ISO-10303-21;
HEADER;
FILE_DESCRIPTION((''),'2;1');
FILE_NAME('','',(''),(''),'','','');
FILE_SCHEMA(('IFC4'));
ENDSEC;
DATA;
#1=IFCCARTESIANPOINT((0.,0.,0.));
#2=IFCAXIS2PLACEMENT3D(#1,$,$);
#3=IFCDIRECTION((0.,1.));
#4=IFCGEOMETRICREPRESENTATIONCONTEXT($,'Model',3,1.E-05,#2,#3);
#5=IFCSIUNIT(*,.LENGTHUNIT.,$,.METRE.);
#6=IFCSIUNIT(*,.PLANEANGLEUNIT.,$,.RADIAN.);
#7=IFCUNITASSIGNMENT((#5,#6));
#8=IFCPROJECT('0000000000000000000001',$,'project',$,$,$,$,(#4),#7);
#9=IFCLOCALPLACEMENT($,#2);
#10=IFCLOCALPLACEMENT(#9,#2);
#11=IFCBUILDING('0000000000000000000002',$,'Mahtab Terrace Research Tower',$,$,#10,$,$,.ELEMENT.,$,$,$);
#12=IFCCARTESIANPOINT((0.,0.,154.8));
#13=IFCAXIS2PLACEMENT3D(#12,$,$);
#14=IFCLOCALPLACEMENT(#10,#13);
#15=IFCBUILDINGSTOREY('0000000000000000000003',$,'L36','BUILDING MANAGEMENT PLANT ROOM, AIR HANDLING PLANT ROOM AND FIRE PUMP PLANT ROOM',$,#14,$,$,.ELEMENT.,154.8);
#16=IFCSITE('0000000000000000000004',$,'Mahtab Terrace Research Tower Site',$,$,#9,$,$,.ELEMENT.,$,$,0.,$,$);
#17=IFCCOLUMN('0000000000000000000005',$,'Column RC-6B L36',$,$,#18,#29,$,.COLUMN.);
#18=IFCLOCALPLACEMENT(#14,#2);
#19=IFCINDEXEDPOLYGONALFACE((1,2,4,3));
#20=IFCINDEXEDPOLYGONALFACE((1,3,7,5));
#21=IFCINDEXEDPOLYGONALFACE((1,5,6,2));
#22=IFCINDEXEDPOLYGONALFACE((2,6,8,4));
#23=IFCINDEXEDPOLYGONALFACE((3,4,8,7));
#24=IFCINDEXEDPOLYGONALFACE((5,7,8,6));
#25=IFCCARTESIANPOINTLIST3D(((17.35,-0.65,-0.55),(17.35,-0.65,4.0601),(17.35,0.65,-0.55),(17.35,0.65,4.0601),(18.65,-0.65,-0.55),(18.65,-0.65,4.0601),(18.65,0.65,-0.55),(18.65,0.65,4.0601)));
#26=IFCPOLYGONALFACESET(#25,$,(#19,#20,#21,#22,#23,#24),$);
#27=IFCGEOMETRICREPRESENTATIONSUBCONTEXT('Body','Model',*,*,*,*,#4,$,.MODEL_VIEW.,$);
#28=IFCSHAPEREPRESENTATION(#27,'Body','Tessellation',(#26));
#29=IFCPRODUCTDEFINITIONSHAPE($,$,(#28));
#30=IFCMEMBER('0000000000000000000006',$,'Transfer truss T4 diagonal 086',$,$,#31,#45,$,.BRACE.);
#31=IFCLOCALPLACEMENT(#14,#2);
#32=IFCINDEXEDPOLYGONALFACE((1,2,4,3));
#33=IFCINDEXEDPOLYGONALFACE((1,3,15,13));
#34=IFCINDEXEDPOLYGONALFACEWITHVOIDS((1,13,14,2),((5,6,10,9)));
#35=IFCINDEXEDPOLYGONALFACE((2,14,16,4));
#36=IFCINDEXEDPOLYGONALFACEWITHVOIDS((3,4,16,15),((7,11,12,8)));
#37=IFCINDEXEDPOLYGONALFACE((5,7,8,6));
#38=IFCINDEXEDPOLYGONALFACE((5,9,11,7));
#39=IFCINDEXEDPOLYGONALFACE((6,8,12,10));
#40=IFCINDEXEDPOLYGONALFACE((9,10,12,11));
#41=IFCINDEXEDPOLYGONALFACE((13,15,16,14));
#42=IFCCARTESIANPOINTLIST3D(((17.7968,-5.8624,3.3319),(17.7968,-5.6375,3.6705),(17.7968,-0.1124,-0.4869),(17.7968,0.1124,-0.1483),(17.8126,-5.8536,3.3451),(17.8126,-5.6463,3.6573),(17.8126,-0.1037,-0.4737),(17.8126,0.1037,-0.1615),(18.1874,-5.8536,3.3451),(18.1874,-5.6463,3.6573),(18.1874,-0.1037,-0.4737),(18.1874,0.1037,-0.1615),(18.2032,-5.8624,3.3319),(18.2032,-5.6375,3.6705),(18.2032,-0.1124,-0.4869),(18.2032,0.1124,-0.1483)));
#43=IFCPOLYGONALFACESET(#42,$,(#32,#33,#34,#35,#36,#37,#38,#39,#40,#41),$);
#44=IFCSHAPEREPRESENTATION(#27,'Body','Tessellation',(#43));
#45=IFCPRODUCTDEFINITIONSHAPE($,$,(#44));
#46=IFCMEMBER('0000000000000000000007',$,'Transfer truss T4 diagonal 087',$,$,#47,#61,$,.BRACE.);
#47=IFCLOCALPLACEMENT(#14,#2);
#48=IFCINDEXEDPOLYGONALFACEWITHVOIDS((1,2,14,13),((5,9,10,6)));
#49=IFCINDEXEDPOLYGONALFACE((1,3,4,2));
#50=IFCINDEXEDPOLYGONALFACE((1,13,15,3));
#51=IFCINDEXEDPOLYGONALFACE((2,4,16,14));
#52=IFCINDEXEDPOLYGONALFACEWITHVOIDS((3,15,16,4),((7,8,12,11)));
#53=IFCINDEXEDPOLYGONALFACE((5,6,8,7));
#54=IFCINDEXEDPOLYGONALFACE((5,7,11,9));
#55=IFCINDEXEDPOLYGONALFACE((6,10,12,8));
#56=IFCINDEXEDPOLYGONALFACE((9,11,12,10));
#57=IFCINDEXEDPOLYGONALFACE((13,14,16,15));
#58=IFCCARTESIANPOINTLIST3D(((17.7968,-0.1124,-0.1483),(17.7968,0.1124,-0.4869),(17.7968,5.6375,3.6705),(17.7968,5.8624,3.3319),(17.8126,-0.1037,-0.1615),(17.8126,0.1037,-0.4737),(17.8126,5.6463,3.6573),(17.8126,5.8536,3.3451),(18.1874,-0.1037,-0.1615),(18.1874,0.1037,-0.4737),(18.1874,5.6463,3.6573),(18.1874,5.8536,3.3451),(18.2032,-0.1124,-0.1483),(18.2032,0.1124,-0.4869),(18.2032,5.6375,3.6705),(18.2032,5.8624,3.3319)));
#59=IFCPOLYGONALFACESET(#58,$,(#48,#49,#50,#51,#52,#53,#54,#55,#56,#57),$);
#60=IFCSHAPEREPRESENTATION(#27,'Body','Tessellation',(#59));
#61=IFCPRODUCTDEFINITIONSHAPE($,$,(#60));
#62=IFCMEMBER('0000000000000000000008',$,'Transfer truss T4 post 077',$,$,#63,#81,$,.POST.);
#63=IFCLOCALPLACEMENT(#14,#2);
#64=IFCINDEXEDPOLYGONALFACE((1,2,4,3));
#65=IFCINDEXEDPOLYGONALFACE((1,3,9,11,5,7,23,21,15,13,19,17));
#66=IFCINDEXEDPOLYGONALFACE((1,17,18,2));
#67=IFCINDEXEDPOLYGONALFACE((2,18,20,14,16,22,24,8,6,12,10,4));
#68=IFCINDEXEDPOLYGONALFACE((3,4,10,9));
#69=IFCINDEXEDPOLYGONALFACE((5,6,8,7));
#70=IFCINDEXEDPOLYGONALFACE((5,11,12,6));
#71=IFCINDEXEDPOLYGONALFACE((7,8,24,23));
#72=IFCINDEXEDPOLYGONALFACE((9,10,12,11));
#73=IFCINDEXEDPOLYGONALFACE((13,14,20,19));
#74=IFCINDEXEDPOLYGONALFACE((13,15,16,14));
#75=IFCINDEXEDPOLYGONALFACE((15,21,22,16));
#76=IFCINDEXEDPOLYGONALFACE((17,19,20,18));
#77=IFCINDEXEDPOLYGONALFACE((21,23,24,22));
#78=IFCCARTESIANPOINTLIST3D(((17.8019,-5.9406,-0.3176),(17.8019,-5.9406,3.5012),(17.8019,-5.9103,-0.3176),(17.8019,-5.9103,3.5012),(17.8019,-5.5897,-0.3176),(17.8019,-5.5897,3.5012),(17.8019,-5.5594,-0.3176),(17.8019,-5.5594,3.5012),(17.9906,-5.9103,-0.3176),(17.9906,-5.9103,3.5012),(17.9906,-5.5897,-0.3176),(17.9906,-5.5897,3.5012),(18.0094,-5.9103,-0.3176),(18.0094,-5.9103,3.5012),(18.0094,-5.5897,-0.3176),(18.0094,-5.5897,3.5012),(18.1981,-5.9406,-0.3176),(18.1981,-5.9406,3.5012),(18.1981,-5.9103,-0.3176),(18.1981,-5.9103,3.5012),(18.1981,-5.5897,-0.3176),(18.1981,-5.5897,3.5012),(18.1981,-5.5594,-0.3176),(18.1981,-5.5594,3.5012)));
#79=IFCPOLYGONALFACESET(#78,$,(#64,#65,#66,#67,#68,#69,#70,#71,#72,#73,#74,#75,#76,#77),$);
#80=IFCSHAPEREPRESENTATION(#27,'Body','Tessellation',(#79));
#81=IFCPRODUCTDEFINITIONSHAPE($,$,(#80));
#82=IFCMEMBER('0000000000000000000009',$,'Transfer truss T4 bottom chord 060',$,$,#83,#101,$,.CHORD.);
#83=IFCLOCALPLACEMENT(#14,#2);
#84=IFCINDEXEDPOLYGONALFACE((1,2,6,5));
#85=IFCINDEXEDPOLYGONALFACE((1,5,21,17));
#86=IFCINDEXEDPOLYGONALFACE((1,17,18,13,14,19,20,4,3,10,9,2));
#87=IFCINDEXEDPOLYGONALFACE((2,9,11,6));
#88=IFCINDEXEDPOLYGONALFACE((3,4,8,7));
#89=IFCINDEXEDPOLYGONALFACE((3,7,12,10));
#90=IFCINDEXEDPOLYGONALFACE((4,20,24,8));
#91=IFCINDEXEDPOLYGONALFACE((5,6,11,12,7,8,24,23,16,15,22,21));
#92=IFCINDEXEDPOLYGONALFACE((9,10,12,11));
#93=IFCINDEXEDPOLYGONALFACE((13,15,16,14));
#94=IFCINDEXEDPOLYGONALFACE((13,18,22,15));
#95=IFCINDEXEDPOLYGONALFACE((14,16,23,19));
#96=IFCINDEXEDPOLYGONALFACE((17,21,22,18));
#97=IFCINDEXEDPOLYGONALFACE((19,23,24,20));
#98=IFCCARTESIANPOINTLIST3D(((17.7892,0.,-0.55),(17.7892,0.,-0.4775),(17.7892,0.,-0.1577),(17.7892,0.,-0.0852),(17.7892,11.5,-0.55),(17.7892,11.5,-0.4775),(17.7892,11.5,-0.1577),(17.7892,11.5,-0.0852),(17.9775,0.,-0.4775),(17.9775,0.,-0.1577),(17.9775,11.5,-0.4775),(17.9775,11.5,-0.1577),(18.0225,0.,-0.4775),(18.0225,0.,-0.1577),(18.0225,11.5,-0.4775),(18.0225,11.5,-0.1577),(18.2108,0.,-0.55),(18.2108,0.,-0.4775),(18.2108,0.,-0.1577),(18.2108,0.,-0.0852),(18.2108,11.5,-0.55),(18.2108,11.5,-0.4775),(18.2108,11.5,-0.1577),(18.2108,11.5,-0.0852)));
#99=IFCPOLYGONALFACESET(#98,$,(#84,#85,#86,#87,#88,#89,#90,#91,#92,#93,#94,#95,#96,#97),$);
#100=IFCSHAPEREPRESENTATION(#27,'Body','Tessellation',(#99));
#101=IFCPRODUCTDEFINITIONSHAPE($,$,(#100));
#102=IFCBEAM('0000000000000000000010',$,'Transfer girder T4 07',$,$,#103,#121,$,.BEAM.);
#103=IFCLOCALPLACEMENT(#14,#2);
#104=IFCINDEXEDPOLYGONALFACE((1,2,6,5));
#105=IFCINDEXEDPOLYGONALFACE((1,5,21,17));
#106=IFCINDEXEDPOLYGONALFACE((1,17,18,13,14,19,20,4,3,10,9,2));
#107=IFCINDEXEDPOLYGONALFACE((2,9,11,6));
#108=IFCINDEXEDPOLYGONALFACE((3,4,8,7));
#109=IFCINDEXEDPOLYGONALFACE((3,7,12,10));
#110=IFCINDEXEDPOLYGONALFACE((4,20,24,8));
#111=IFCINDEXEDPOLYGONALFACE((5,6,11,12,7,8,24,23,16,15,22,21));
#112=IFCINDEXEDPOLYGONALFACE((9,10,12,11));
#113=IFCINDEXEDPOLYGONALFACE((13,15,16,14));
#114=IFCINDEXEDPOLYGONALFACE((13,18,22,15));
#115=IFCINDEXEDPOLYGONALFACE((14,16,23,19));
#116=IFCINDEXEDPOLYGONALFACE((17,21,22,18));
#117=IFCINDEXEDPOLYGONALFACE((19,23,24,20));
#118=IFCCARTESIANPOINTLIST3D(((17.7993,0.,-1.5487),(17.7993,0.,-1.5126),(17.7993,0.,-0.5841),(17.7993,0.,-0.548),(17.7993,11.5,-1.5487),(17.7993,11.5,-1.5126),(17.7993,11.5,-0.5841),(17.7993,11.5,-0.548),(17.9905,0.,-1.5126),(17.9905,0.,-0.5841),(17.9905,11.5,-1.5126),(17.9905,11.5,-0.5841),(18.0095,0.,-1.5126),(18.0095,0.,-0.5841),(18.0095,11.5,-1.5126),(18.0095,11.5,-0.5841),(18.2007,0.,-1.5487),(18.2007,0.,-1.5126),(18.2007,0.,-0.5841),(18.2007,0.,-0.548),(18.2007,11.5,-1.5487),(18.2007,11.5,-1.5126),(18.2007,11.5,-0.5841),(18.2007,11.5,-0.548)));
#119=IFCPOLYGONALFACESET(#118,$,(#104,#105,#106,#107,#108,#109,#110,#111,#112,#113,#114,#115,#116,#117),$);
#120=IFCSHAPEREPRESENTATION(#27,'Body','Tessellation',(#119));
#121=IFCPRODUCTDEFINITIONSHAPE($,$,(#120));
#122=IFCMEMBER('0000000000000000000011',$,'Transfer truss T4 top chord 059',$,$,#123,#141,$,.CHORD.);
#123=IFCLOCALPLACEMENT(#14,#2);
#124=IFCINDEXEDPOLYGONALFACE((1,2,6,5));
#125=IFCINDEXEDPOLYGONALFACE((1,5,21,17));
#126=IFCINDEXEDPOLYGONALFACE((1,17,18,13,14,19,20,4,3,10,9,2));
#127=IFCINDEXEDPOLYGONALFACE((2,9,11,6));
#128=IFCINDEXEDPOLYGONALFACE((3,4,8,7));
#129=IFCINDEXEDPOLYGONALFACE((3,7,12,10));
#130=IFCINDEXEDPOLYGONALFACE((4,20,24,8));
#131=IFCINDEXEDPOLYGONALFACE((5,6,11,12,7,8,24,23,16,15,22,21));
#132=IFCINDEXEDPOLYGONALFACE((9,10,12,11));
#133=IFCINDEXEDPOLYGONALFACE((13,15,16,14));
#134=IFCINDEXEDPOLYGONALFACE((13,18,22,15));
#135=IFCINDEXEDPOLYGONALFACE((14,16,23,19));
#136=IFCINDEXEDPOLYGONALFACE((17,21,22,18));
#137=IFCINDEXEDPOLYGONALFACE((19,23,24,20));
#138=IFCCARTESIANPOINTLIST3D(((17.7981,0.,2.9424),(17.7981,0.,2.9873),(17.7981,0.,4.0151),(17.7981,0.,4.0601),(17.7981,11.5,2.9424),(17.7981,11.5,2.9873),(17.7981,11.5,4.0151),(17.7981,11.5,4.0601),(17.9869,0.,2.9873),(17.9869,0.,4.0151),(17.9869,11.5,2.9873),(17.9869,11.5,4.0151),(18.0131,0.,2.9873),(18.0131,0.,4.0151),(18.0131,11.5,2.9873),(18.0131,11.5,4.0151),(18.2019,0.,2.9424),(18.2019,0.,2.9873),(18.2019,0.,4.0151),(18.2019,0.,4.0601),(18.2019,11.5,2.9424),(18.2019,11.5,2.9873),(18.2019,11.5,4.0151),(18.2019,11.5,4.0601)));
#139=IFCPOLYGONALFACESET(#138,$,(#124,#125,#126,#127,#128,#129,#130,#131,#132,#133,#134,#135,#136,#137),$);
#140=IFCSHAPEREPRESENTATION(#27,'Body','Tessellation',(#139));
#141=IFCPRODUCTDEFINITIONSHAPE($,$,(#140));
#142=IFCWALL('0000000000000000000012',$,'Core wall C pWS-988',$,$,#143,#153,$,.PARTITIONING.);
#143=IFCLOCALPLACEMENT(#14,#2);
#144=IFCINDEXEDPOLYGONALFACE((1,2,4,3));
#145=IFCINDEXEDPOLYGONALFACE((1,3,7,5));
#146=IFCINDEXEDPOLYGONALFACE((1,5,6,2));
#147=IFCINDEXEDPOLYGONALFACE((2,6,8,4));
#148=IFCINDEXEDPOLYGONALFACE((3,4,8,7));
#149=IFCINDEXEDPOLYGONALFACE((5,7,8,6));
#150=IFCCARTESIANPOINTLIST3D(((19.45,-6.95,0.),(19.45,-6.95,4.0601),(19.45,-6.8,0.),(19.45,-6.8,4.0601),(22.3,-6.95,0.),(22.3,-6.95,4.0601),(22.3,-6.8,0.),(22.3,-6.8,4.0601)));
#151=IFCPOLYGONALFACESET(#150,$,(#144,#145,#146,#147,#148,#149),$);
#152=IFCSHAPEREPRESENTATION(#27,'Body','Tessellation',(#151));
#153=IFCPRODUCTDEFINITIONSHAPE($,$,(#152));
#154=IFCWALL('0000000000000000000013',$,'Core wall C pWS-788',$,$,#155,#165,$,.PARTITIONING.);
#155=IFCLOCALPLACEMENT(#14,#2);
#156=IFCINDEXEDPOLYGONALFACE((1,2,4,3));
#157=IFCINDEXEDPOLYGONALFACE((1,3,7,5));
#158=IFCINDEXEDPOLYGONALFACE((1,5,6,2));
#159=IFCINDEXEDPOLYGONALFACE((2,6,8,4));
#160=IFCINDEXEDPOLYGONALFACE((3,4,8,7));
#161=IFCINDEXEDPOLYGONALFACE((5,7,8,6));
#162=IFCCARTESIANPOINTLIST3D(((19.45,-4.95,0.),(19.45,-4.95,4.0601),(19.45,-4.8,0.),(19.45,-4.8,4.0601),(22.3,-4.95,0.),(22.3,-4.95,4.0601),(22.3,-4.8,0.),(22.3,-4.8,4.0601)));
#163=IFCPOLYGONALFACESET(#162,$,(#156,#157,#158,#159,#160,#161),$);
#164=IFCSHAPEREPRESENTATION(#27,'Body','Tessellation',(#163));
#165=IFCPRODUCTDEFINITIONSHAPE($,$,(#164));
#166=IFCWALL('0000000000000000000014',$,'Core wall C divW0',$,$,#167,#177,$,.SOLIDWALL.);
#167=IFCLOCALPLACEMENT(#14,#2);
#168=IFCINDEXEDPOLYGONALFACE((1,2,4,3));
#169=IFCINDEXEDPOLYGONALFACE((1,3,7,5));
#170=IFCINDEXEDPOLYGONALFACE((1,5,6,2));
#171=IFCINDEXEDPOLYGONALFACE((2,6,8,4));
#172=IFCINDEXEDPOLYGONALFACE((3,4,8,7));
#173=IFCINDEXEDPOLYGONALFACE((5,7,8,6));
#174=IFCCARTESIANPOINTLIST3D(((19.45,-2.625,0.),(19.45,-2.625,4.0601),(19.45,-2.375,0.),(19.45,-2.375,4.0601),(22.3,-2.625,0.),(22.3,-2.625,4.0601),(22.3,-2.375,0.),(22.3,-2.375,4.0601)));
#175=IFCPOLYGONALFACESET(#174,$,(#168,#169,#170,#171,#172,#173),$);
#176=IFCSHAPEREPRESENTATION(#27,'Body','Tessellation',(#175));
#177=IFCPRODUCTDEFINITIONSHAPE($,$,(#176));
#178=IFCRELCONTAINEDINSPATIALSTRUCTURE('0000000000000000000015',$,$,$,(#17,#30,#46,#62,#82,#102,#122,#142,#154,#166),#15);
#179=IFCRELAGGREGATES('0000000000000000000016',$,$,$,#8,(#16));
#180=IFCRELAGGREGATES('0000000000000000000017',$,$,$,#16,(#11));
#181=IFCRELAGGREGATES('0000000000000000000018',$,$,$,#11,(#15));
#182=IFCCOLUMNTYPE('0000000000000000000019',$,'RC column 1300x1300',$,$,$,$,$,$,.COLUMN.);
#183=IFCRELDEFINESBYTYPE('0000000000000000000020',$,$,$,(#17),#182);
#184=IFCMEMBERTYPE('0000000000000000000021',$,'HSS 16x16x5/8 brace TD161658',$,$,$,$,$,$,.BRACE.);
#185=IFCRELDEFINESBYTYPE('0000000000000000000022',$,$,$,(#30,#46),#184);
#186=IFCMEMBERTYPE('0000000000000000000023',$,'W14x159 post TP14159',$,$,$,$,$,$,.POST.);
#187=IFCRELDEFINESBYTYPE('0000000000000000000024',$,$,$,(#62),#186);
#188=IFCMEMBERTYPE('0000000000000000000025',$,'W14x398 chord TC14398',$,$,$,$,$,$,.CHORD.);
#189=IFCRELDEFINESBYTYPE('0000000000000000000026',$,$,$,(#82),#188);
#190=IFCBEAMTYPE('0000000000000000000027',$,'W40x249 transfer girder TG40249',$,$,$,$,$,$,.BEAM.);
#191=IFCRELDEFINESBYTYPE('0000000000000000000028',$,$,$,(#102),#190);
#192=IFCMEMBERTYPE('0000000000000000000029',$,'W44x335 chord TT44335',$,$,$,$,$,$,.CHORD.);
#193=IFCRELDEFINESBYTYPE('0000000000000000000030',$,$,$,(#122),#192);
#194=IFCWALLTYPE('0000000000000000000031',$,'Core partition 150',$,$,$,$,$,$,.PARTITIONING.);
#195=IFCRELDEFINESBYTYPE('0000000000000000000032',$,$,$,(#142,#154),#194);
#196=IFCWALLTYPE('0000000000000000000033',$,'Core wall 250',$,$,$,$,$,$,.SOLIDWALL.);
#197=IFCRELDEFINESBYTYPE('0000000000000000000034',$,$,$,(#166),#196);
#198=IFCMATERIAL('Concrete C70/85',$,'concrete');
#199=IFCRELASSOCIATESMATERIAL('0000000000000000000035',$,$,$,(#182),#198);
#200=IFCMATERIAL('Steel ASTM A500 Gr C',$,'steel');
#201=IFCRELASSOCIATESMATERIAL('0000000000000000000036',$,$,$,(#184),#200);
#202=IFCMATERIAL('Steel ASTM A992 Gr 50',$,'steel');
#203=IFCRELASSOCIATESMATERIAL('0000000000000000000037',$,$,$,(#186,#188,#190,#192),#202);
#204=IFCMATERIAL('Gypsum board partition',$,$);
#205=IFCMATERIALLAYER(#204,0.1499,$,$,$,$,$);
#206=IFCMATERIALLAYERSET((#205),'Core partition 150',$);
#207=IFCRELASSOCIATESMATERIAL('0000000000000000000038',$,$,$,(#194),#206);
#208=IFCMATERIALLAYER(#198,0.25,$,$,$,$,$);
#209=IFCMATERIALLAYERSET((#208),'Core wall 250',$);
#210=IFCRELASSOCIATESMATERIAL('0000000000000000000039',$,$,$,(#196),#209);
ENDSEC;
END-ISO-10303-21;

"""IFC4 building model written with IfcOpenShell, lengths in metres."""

from ifc_helpers import new_model, si_unit, direction, frame, frame_2d, origin, origin_2d, place, context, subcontext, project, spatial, rectangle, hollow_rectangle, i_section, extrude, material, layer, layer_set, material_profile, profile_set, type_object, element, save


model = new_model("IFC4")

# Units and contexts
model_context = context("Model", 3, precision=1e-05, world=origin(), true_north=direction((0.0, 1.0)))
body_context = subcontext(model_context, "Body", "Model", "MODEL_VIEW")
ifc_project = project(units=[si_unit("LENGTHUNIT", "METRE"), si_unit("PLANEANGLEUNIT", "RADIAN")], contexts=[model_context])

# Site, building, storey
site_placement = place(None, origin())
site = spatial("IfcSite", under=ifc_project, at=site_placement, Name="Mahtab Terrace Research Tower Site", CompositionType="ELEMENT", RefElevation=0.0)
building_placement = place(site_placement, origin())
building = spatial("IfcBuilding", under=site, at=building_placement, Name="Mahtab Terrace Research Tower", CompositionType="ELEMENT")
storey_placement = place(building_placement, frame((0.0, 0.0, 154.8)))
storey = spatial("IfcBuildingStorey", under=building, at=storey_placement, Name="L36", Description="BUILDING MANAGEMENT PLANT ROOM, AIR HANDLING PLANT ROOM AND FIRE PUMP PLANT ROOM", CompositionType="ELEMENT", Elevation=154.8)

# Column
ifc_material_1 = material(Name="Concrete C70/85", Category="concrete")
ifc_material_profile_1 = material_profile(ifc_material_1, rectangle(XDim=1.3, YDim=1.3, at=origin_2d()), Name="RC column 1300x1300")
ifc_profile_set_1 = profile_set([ifc_material_profile_1], Name="Concrete C70/85")
column_type = type_object("IfcColumnType", Name="RC column 1300x1300", PredefinedType="COLUMN", material=ifc_profile_set_1)
column_placement = place(storey_placement, frame((18.0, 0.0, -0.55), z_axis=(0.0, 0.0, 1.0), x_axis=(1.0, 0.0, 0.0)))
element("IfcColumn", 1, at=column_placement, inside=storey, type_object=column_type, Name="Column RC-6B L36", PredefinedType="COLUMN", context=body_context, shape_type="SweptSolid", body=[
    extrude(rectangle(XDim=1.3, YDim=1.3, at=origin_2d()), origin(), (0.0, 0.0, 1.0), 4.6101),
])

# Members
ifc_material_2 = material(Name="Steel ASTM A500 Gr C", Category="steel")
ifc_material_profile_2 = material_profile(ifc_material_2, hollow_rectangle(XDim=0.4065, YDim=0.4065, WallThickness=0.0159, at=origin_2d()), Name="HSS16X16X5/8")
ifc_profile_set_2 = profile_set([ifc_material_profile_2], Name="Steel ASTM A500 Gr C")
member_type_1 = type_object("IfcMemberType", Name="HSS 16x16x5/8 brace TD161658", PredefinedType="BRACE", material=ifc_profile_set_2)
for number, where, z_axis, x_axis, name in (
    (2, (18.0, 0.0, -0.3176), (0.0, -0.833018, 0.553246), (1.0, 0.0, 0.0), "Transfer truss T4 diagonal 086"),
    (3, (18.0, 0.0, -0.3176), (0.0, 0.833018, 0.553246), (-1.0, 0.0, 0.0), "Transfer truss T4 diagonal 087"),
):
    element("IfcMember", number, at=place(storey_placement, frame(where, z_axis=z_axis, x_axis=x_axis)), inside=storey, type_object=member_type_1, Name=name, PredefinedType="BRACE", context=body_context, shape_type="SweptSolid", body=[
        extrude(hollow_rectangle(XDim=0.4065, YDim=0.4065, WallThickness=0.0159, at=origin_2d()), origin(), (0.0, 0.0, 1.0), 6.9026),
    ])
ifc_material_3 = material(Name="Steel ASTM A992 Gr 50", Category="steel")
ifc_material_profile_3 = material_profile(ifc_material_3, i_section(OverallWidth=0.3962, OverallDepth=0.3811, WebThickness=0.0188, FlangeThickness=0.0303, at=origin_2d()), Name="W14X159")
ifc_profile_set_3 = profile_set([ifc_material_profile_3], Name="Steel ASTM A992 Gr 50")
member_type_2 = type_object("IfcMemberType", Name="W14x159 post TP14159", PredefinedType="POST", material=ifc_profile_set_3)
member_1_placement = place(storey_placement, frame((18.0, -5.75, -0.3176), z_axis=(0.0, 0.0, 1.0), x_axis=(1.0, 0.0, 0.0)))
element("IfcMember", 4, at=member_1_placement, inside=storey, type_object=member_type_2, Name="Transfer truss T4 post 077", PredefinedType="POST", context=body_context, shape_type="SweptSolid", body=[
    extrude(i_section(OverallWidth=0.3962, OverallDepth=0.3811, WebThickness=0.0188, FlangeThickness=0.0303, at=origin_2d()), origin(), (0.0, 0.0, 1.0), 3.8188),
])
ifc_material_profile_4 = material_profile(ifc_material_3, i_section(OverallWidth=0.4216, OverallDepth=0.4648, WebThickness=0.0449, FlangeThickness=0.0725, at=origin_2d()), Name="W14X398")
ifc_profile_set_4 = profile_set([ifc_material_profile_4], Name="Steel ASTM A992 Gr 50")
member_type_3 = type_object("IfcMemberType", Name="W14x398 chord TC14398", PredefinedType="CHORD", material=ifc_profile_set_4)
member_2_placement = place(storey_placement, frame((18.0, 0.0, -0.3176), z_axis=(0.0, 1.0, 0.0), x_axis=(-1.0, 0.0, 0.0)))
element("IfcMember", 5, at=member_2_placement, inside=storey, type_object=member_type_3, Name="Transfer truss T4 bottom chord 060", PredefinedType="CHORD", context=body_context, shape_type="SweptSolid", body=[
    extrude(i_section(OverallWidth=0.4216, OverallDepth=0.4648, WebThickness=0.0449, FlangeThickness=0.0725, at=origin_2d()), origin(), (0.0, 0.0, 1.0), 11.5),
])

# Beam
ifc_material_profile_5 = material_profile(ifc_material_3, i_section(OverallWidth=0.4014, OverallDepth=1.0007, WebThickness=0.019, FlangeThickness=0.0361, at=origin_2d()), Name="W40X249")
ifc_profile_set_5 = profile_set([ifc_material_profile_5], Name="Steel ASTM A992 Gr 50")
beam_type = type_object("IfcBeamType", Name="W40x249 transfer girder TG40249", PredefinedType="BEAM", material=ifc_profile_set_5)
beam_placement = place(storey_placement, frame((18.0, 0.0, -1.0483), z_axis=(0.0, 1.0, 0.0), x_axis=(-1.0, 0.0, 0.0)))
element("IfcBeam", 6, at=beam_placement, inside=storey, type_object=beam_type, Name="Transfer girder T4 07", PredefinedType="BEAM", context=body_context, shape_type="SweptSolid", body=[
    extrude(i_section(OverallWidth=0.4014, OverallDepth=1.0007, WebThickness=0.019, FlangeThickness=0.0361, at=origin_2d()), origin(), (0.0, 0.0, 1.0), 11.5),
])

# Member
ifc_material_profile_6 = material_profile(ifc_material_3, i_section(OverallWidth=0.4038, OverallDepth=1.1177, WebThickness=0.0261, FlangeThickness=0.0449, at=origin_2d()), Name="W44X335")
ifc_profile_set_6 = profile_set([ifc_material_profile_6], Name="Steel ASTM A992 Gr 50")
member_type_4 = type_object("IfcMemberType", Name="W44x335 chord TT44335", PredefinedType="CHORD", material=ifc_profile_set_6)
member_3_placement = place(storey_placement, frame((18.0, 0.0, 3.5012), z_axis=(0.0, 1.0, 0.0), x_axis=(-1.0, 0.0, 0.0)))
element("IfcMember", 7, at=member_3_placement, inside=storey, type_object=member_type_4, Name="Transfer truss T4 top chord 059", PredefinedType="CHORD", context=body_context, shape_type="SweptSolid", body=[
    extrude(i_section(OverallWidth=0.4038, OverallDepth=1.1177, WebThickness=0.0261, FlangeThickness=0.0449, at=origin_2d()), origin(), (0.0, 0.0, 1.0), 11.5),
])

# Walls
ifc_material_4 = material(Name="Gypsum board partition")
ifc_layer_1 = layer(ifc_material_4, 0.1499)
ifc_layer_set_1 = layer_set([ifc_layer_1], Name="Core partition 150")
wall_type_1 = type_object("IfcWallType", Name="Core partition 150", PredefinedType="PARTITIONING", material=ifc_layer_set_1)
for number, where, z_axis, x_axis, name in (
    (8, (19.45, -6.875, 0.0), (0.0, 0.0, 1.0), (1.0, 0.0, 0.0), "Core wall C pWS-988"),
    (9, (19.45, -4.875, 0.0), (0.0, 0.0, 1.0), (1.0, 0.0, 0.0), "Core wall C pWS-788"),
):
    element("IfcWall", number, at=place(storey_placement, frame(where, z_axis=z_axis, x_axis=x_axis)), inside=storey, type_object=wall_type_1, Name=name, PredefinedType="PARTITIONING", context=body_context, shape_type="SweptSolid", body=[
        extrude(rectangle(XDim=2.8501, YDim=0.1499, at=frame_2d((1.425, 0.0))), origin(), (0.0, 0.0, 1.0), 4.0601),
    ])
ifc_layer_2 = layer(ifc_material_1, 0.25)
ifc_layer_set_2 = layer_set([ifc_layer_2], Name="Core wall 250")
wall_type_2 = type_object("IfcWallType", Name="Core wall 250", PredefinedType="SOLIDWALL", material=ifc_layer_set_2)
for number, where, z_axis, x_axis, name in (
    (10, (19.45, -2.5, 0.0), (0.0, 0.0, 1.0), (1.0, 0.0, 0.0), "Core wall C divW0"),
):
    element("IfcWall", number, at=place(storey_placement, frame(where, z_axis=z_axis, x_axis=x_axis)), inside=storey, type_object=wall_type_2, Name=name, PredefinedType="SOLIDWALL", context=body_context, shape_type="SweptSolid", body=[
        extrude(rectangle(XDim=2.8501, YDim=0.25, at=frame_2d((1.425, 0.0))), origin(), (0.0, 0.0, 1.0), 4.0601),
    ])

save(model, "model.ifc")
